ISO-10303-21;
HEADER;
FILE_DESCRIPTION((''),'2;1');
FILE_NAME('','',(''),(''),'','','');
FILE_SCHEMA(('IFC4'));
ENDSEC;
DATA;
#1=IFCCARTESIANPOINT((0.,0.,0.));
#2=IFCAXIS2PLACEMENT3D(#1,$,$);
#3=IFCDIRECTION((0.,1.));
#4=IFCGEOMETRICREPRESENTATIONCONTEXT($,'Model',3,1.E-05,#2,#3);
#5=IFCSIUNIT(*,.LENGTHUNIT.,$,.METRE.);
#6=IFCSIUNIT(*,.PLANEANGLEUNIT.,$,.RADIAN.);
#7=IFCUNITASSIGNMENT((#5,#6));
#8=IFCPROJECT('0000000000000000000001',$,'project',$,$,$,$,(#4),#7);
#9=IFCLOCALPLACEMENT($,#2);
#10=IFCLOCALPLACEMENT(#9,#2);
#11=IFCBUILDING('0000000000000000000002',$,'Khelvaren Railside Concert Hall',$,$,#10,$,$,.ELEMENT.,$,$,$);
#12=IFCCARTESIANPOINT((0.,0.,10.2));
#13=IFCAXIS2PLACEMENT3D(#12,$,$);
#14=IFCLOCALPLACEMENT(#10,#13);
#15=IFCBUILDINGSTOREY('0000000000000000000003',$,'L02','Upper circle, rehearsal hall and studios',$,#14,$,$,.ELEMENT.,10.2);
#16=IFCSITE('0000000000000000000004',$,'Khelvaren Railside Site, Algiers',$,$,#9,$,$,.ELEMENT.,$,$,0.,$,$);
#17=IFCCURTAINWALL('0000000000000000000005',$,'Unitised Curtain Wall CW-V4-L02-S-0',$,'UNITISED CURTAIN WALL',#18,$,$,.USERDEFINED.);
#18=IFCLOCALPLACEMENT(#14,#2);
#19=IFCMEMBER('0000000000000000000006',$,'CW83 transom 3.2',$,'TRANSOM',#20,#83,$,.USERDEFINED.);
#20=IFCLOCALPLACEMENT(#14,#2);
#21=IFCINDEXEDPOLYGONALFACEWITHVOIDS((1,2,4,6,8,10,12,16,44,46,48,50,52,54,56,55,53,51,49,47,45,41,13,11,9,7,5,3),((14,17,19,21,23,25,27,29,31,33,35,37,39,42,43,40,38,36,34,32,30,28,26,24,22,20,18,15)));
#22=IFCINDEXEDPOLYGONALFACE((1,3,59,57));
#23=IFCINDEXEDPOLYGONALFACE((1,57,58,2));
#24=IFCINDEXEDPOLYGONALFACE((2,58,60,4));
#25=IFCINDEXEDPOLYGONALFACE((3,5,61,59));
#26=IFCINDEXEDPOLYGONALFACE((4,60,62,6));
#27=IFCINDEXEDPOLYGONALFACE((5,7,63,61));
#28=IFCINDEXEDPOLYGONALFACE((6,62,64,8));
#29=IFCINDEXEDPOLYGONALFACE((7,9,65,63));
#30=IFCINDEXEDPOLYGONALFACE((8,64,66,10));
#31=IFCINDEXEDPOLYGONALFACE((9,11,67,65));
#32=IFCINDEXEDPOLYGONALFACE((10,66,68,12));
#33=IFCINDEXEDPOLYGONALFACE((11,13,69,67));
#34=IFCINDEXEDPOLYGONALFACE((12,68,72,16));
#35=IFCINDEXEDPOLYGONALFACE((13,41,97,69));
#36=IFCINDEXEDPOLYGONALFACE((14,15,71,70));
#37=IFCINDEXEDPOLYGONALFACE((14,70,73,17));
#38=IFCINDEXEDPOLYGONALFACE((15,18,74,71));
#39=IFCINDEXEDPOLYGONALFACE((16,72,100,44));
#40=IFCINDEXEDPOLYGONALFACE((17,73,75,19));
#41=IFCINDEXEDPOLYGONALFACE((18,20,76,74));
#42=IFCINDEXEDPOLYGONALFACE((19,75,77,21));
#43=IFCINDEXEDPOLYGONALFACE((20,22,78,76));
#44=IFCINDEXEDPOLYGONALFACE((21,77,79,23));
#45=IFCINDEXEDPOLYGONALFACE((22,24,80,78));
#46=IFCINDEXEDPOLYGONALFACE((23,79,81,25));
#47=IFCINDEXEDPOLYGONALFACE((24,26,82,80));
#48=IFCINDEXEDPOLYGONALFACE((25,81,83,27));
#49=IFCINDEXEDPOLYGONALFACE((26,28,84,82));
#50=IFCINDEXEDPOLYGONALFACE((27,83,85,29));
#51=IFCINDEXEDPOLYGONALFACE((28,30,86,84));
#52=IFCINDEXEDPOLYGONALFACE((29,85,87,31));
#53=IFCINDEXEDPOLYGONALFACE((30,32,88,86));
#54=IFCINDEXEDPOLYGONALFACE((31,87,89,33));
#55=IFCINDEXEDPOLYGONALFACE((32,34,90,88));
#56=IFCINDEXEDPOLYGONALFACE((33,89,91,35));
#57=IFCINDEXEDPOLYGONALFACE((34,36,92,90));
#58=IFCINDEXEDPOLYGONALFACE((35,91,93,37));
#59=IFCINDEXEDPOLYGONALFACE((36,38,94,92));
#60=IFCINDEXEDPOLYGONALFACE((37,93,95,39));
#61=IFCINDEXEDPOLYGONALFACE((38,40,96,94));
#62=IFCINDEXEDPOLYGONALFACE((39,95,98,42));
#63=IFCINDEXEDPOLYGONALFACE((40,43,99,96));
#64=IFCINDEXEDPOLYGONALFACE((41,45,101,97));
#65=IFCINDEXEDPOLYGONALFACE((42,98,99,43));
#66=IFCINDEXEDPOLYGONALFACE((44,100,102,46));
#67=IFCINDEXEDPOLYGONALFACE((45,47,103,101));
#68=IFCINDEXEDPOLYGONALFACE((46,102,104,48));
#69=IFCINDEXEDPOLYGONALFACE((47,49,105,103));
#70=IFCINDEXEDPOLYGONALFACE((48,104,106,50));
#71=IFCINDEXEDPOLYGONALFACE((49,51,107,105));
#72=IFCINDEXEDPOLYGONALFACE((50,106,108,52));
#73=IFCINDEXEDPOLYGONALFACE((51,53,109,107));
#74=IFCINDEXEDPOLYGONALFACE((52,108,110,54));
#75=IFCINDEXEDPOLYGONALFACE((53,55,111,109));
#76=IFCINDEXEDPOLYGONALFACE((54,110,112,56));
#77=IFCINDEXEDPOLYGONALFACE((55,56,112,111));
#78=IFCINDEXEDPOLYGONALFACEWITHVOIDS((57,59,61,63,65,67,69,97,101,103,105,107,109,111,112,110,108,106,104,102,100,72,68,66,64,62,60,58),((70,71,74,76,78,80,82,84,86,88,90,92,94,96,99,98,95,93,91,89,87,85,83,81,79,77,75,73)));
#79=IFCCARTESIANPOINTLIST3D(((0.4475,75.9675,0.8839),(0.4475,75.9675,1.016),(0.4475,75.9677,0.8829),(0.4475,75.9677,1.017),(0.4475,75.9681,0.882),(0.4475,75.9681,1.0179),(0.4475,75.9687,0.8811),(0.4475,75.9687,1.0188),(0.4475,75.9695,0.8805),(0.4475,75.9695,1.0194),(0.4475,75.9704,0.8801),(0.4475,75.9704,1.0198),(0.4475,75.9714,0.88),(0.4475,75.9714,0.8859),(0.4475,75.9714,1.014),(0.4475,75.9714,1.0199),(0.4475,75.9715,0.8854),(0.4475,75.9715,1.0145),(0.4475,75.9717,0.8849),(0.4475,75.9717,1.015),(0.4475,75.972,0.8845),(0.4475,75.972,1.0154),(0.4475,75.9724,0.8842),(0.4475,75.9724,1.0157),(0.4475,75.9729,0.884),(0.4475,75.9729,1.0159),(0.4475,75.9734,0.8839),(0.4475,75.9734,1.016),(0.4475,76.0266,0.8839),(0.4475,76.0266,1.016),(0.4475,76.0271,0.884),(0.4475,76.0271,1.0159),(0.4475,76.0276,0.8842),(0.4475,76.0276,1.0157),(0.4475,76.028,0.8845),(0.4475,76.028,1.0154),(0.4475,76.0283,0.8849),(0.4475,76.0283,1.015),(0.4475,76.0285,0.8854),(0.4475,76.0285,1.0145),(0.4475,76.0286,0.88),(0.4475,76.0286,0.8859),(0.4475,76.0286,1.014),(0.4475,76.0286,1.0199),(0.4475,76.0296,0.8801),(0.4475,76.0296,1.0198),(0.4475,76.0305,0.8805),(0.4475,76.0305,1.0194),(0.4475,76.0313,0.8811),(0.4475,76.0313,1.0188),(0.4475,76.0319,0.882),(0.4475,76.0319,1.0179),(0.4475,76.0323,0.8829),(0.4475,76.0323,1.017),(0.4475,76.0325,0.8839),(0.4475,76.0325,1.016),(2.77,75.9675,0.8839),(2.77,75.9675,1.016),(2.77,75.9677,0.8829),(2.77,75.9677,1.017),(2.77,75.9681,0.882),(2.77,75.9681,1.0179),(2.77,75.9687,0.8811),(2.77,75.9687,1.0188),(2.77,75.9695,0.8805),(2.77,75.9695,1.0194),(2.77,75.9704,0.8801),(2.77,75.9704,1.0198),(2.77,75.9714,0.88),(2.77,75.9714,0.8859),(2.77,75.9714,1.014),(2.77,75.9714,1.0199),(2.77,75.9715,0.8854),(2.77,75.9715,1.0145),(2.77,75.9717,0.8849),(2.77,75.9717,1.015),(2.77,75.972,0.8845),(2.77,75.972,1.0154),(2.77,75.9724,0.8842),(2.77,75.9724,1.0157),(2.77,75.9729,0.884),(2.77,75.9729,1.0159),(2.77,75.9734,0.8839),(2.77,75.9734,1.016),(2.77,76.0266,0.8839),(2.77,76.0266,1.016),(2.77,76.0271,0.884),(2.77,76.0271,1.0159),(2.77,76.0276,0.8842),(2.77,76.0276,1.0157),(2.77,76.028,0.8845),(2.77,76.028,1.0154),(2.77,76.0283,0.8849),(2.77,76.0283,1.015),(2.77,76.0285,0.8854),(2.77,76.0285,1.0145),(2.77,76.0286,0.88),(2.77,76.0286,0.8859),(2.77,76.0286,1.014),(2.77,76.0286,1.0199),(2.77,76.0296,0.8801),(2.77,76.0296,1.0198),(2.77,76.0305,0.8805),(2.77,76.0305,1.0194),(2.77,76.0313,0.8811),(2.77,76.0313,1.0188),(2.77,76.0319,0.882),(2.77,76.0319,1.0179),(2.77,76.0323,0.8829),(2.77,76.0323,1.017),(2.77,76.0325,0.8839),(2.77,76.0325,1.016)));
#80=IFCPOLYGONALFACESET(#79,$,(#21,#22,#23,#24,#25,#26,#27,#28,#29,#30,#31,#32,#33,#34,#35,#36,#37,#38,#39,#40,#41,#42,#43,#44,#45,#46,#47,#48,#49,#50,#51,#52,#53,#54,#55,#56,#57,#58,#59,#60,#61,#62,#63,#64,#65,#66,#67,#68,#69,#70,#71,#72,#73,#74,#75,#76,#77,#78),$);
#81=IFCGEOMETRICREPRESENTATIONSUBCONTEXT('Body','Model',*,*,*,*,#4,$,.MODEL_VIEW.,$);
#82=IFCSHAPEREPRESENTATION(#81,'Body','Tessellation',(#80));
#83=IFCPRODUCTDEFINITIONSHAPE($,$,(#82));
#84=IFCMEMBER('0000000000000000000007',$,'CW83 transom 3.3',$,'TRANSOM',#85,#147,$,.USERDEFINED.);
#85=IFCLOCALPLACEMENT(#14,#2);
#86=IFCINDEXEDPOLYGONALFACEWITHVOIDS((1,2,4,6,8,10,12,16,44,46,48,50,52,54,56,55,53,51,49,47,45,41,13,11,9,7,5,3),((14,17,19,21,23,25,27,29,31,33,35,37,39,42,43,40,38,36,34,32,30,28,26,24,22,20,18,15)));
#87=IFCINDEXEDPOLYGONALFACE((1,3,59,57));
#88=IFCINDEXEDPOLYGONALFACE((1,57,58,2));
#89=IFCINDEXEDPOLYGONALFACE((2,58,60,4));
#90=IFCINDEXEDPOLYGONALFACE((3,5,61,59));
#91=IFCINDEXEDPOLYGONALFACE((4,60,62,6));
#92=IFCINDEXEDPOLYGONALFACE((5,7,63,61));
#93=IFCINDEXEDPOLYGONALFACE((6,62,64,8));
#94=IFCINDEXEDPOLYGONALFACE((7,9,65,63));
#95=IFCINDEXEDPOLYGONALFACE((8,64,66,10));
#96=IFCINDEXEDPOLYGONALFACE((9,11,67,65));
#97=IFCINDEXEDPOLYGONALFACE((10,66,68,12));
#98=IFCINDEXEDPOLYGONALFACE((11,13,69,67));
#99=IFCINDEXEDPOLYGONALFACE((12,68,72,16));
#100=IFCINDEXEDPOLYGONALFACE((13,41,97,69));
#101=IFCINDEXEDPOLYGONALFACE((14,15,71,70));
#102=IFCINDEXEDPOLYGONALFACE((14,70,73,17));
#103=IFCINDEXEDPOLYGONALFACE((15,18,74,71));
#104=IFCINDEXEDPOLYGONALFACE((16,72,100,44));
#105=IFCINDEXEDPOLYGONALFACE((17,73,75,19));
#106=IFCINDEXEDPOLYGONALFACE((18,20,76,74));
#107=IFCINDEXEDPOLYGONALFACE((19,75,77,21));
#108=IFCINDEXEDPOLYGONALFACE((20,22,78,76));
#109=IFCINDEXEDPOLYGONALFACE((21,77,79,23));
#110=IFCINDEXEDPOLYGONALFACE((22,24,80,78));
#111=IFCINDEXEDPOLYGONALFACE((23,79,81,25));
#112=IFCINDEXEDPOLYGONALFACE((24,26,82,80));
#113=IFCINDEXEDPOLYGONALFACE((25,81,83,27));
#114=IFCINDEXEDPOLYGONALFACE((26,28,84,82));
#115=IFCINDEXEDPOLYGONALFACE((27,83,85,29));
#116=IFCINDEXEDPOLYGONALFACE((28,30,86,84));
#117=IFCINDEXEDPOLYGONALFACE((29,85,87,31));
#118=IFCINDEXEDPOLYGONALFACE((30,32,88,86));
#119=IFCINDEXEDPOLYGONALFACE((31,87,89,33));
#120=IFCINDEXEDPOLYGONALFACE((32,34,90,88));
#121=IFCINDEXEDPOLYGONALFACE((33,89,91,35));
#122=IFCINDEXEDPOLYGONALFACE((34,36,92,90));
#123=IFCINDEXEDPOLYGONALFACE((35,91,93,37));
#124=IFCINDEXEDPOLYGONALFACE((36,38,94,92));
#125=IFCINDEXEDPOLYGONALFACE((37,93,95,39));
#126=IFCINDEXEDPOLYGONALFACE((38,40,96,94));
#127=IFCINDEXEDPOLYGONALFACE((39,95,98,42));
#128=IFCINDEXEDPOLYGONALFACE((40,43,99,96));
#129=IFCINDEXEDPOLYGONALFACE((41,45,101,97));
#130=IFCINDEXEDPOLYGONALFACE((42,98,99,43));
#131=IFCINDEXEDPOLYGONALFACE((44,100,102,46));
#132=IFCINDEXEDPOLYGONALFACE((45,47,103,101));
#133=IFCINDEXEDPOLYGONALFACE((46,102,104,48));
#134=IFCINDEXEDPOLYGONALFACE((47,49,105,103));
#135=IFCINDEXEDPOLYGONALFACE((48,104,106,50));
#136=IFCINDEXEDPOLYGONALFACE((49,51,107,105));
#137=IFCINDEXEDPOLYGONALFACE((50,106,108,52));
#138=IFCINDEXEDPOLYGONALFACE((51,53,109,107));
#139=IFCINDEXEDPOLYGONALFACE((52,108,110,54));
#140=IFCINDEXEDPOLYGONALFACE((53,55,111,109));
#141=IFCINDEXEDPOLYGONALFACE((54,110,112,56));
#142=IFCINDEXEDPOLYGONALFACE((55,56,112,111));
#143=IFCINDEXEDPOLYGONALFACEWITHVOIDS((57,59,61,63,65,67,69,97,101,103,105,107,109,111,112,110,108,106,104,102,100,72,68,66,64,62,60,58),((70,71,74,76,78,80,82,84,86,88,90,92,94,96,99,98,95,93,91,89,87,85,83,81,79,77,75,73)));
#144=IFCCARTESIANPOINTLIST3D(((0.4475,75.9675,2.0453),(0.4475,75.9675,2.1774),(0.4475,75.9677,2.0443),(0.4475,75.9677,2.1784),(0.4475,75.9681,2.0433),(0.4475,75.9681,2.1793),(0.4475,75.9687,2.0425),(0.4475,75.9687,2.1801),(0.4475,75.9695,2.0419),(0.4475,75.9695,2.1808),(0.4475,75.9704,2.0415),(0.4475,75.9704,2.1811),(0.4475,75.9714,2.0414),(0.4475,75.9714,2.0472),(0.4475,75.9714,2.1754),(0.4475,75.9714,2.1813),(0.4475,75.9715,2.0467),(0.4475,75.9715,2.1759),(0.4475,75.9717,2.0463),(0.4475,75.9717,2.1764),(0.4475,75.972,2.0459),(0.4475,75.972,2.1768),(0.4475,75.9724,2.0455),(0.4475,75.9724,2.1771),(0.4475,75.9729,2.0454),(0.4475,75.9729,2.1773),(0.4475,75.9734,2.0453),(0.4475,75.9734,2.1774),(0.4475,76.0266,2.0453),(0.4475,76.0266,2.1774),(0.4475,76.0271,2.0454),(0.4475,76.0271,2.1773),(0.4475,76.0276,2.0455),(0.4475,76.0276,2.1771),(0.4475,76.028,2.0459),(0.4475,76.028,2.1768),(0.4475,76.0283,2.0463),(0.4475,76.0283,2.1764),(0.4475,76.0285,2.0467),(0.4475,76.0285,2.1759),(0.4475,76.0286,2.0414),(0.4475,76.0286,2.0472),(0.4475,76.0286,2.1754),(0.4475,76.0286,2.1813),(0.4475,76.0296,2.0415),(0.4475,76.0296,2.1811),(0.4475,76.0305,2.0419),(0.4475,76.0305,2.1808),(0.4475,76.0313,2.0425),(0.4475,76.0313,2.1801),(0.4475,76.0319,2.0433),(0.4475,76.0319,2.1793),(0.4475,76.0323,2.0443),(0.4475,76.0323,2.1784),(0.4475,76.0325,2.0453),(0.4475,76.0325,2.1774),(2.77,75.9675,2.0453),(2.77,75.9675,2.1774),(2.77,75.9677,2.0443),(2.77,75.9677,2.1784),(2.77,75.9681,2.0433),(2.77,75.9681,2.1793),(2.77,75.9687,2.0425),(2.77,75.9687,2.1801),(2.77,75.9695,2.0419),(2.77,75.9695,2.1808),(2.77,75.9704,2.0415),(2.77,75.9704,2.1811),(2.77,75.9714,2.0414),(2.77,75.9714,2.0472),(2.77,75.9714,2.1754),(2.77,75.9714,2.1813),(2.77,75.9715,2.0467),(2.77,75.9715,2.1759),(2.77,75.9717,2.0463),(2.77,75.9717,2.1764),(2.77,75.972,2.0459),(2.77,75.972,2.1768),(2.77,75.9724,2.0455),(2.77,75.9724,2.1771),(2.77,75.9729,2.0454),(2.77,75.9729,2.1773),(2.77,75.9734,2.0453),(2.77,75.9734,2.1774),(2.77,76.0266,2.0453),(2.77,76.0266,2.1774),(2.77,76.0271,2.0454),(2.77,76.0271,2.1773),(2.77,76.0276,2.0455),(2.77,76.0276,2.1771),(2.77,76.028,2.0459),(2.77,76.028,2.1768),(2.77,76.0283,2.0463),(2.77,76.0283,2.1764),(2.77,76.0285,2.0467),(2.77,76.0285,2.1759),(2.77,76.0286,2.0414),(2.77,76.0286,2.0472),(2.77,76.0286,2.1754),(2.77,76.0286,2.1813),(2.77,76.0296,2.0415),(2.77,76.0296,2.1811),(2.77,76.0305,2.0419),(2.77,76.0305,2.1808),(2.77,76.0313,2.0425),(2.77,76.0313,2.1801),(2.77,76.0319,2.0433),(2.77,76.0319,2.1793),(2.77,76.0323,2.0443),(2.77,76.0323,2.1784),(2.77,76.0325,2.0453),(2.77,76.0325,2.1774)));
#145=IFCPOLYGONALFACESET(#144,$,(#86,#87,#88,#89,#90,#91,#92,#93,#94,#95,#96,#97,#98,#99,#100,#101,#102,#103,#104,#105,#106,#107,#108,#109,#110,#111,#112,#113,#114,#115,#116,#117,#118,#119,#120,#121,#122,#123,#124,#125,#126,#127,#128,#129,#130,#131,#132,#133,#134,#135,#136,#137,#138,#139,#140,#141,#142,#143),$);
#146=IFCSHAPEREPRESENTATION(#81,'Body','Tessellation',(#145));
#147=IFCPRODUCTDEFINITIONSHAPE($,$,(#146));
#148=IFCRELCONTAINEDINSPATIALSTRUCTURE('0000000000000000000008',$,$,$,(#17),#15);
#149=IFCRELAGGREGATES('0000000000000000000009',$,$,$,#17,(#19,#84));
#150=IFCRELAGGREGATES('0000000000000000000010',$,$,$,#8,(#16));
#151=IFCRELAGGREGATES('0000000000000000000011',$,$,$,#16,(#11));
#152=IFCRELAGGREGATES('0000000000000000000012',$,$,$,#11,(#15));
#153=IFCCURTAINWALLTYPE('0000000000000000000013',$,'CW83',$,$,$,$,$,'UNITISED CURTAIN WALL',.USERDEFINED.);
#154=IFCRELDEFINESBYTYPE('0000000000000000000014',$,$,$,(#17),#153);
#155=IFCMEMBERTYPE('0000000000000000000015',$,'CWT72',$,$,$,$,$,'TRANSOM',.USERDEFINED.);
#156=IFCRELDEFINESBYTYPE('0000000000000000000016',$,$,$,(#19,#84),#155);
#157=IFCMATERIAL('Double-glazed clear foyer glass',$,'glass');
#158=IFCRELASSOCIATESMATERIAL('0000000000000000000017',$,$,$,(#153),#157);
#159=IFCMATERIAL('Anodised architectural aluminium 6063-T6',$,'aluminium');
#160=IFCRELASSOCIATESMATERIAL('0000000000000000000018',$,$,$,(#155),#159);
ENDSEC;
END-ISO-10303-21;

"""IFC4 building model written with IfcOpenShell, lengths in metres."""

from ifc_helpers import new_model, si_unit, direction, frame, origin, origin_2d, place, context, subcontext, project, spatial, hollow_rectangle, extrude, material, material_profile, profile_set, type_object, element, aggregate, save


model = new_model("IFC4")

# Units and contexts
model_context = context("Model", 3, precision=1e-05, world=origin(), true_north=direction((0.0, 1.0)))
body_context = subcontext(model_context, "Body", "Model", "MODEL_VIEW")
ifc_project = project(units=[si_unit("LENGTHUNIT", "METRE"), si_unit("PLANEANGLEUNIT", "RADIAN")], contexts=[model_context])

# Site, building, storey
site_placement = place(None, origin())
site = spatial("IfcSite", under=ifc_project, at=site_placement, Name="Khelvaren Railside Site, Algiers", CompositionType="ELEMENT", RefElevation=0.0)
building_placement = place(site_placement, origin())
building = spatial("IfcBuilding", under=site, at=building_placement, Name="Khelvaren Railside Concert Hall", CompositionType="ELEMENT")
storey_placement = place(building_placement, frame((0.0, 0.0, 10.2)))
storey = spatial("IfcBuildingStorey", under=building, at=storey_placement, Name="L02", Description="Upper circle, rehearsal hall and studios", CompositionType="ELEMENT", Elevation=10.2)

# Curtain wall, members
ifc_material_1 = material(Name="Double-glazed clear foyer glass", Category="glass")
curtain_wall_type = type_object("IfcCurtainWallType", Name="CW83", ElementType="UNITISED CURTAIN WALL", PredefinedType="USERDEFINED", material=ifc_material_1)
curtain_wall_placement = place(storey_placement, origin())
curtain_wall = element("IfcCurtainWall", 1, at=curtain_wall_placement, inside=storey, type_object=curtain_wall_type, Name="Unitised Curtain Wall CW-V4-L02-S-0", ObjectType="UNITISED CURTAIN WALL", PredefinedType="USERDEFINED")
ifc_material_2 = material(Name="Anodised architectural aluminium 6063-T6", Category="aluminium")
ifc_material_profile_1 = material_profile(ifc_material_2, hollow_rectangle(XDim=0.0649, YDim=0.1399, WallThickness=0.0039, InnerFilletRadius=0.002, OuterFilletRadius=0.0039, at=origin_2d()), Name="CWT 65x140x4")
ifc_profile_set_1 = profile_set([ifc_material_profile_1], Name="Anodised architectural aluminium 6063-T6")
member_type_1 = type_object("IfcMemberType", Name="CWT72", ElementType="TRANSOM", PredefinedType="USERDEFINED", material=ifc_profile_set_1)
member_1_placement = place(storey_placement, frame((2.77, 76.0, 0.95), z_axis=(-1.0, 0.0, 0.0), x_axis=(0.0, -1.0, 0.0)))
member_1 = element("IfcMember", 2, at=member_1_placement, type_object=member_type_1, Name="CW83 transom 3.2", ObjectType="TRANSOM", PredefinedType="USERDEFINED", context=body_context, shape_type="SweptSolid", body=[
    extrude(hollow_rectangle(XDim=0.0649, YDim=0.1399, WallThickness=0.0039, InnerFilletRadius=0.002, OuterFilletRadius=0.0039, at=origin_2d()), origin(), (0.0, 0.0, 1.0), 2.3225),
])
member_2_placement = place(storey_placement, frame((2.77, 76.0, 2.1113), z_axis=(-1.0, 0.0, 0.0), x_axis=(0.0, -1.0, 0.0)))
member_2 = element("IfcMember", 3, at=member_2_placement, type_object=member_type_1, Name="CW83 transom 3.3", ObjectType="TRANSOM", PredefinedType="USERDEFINED", context=body_context, shape_type="SweptSolid", body=[
    extrude(hollow_rectangle(XDim=0.0649, YDim=0.1399, WallThickness=0.0039, InnerFilletRadius=0.002, OuterFilletRadius=0.0039, at=origin_2d()), origin(), (0.0, 0.0, 1.0), 2.3225),
])
aggregate(curtain_wall, [member_1, member_2])

save(model, "model.ifc")
